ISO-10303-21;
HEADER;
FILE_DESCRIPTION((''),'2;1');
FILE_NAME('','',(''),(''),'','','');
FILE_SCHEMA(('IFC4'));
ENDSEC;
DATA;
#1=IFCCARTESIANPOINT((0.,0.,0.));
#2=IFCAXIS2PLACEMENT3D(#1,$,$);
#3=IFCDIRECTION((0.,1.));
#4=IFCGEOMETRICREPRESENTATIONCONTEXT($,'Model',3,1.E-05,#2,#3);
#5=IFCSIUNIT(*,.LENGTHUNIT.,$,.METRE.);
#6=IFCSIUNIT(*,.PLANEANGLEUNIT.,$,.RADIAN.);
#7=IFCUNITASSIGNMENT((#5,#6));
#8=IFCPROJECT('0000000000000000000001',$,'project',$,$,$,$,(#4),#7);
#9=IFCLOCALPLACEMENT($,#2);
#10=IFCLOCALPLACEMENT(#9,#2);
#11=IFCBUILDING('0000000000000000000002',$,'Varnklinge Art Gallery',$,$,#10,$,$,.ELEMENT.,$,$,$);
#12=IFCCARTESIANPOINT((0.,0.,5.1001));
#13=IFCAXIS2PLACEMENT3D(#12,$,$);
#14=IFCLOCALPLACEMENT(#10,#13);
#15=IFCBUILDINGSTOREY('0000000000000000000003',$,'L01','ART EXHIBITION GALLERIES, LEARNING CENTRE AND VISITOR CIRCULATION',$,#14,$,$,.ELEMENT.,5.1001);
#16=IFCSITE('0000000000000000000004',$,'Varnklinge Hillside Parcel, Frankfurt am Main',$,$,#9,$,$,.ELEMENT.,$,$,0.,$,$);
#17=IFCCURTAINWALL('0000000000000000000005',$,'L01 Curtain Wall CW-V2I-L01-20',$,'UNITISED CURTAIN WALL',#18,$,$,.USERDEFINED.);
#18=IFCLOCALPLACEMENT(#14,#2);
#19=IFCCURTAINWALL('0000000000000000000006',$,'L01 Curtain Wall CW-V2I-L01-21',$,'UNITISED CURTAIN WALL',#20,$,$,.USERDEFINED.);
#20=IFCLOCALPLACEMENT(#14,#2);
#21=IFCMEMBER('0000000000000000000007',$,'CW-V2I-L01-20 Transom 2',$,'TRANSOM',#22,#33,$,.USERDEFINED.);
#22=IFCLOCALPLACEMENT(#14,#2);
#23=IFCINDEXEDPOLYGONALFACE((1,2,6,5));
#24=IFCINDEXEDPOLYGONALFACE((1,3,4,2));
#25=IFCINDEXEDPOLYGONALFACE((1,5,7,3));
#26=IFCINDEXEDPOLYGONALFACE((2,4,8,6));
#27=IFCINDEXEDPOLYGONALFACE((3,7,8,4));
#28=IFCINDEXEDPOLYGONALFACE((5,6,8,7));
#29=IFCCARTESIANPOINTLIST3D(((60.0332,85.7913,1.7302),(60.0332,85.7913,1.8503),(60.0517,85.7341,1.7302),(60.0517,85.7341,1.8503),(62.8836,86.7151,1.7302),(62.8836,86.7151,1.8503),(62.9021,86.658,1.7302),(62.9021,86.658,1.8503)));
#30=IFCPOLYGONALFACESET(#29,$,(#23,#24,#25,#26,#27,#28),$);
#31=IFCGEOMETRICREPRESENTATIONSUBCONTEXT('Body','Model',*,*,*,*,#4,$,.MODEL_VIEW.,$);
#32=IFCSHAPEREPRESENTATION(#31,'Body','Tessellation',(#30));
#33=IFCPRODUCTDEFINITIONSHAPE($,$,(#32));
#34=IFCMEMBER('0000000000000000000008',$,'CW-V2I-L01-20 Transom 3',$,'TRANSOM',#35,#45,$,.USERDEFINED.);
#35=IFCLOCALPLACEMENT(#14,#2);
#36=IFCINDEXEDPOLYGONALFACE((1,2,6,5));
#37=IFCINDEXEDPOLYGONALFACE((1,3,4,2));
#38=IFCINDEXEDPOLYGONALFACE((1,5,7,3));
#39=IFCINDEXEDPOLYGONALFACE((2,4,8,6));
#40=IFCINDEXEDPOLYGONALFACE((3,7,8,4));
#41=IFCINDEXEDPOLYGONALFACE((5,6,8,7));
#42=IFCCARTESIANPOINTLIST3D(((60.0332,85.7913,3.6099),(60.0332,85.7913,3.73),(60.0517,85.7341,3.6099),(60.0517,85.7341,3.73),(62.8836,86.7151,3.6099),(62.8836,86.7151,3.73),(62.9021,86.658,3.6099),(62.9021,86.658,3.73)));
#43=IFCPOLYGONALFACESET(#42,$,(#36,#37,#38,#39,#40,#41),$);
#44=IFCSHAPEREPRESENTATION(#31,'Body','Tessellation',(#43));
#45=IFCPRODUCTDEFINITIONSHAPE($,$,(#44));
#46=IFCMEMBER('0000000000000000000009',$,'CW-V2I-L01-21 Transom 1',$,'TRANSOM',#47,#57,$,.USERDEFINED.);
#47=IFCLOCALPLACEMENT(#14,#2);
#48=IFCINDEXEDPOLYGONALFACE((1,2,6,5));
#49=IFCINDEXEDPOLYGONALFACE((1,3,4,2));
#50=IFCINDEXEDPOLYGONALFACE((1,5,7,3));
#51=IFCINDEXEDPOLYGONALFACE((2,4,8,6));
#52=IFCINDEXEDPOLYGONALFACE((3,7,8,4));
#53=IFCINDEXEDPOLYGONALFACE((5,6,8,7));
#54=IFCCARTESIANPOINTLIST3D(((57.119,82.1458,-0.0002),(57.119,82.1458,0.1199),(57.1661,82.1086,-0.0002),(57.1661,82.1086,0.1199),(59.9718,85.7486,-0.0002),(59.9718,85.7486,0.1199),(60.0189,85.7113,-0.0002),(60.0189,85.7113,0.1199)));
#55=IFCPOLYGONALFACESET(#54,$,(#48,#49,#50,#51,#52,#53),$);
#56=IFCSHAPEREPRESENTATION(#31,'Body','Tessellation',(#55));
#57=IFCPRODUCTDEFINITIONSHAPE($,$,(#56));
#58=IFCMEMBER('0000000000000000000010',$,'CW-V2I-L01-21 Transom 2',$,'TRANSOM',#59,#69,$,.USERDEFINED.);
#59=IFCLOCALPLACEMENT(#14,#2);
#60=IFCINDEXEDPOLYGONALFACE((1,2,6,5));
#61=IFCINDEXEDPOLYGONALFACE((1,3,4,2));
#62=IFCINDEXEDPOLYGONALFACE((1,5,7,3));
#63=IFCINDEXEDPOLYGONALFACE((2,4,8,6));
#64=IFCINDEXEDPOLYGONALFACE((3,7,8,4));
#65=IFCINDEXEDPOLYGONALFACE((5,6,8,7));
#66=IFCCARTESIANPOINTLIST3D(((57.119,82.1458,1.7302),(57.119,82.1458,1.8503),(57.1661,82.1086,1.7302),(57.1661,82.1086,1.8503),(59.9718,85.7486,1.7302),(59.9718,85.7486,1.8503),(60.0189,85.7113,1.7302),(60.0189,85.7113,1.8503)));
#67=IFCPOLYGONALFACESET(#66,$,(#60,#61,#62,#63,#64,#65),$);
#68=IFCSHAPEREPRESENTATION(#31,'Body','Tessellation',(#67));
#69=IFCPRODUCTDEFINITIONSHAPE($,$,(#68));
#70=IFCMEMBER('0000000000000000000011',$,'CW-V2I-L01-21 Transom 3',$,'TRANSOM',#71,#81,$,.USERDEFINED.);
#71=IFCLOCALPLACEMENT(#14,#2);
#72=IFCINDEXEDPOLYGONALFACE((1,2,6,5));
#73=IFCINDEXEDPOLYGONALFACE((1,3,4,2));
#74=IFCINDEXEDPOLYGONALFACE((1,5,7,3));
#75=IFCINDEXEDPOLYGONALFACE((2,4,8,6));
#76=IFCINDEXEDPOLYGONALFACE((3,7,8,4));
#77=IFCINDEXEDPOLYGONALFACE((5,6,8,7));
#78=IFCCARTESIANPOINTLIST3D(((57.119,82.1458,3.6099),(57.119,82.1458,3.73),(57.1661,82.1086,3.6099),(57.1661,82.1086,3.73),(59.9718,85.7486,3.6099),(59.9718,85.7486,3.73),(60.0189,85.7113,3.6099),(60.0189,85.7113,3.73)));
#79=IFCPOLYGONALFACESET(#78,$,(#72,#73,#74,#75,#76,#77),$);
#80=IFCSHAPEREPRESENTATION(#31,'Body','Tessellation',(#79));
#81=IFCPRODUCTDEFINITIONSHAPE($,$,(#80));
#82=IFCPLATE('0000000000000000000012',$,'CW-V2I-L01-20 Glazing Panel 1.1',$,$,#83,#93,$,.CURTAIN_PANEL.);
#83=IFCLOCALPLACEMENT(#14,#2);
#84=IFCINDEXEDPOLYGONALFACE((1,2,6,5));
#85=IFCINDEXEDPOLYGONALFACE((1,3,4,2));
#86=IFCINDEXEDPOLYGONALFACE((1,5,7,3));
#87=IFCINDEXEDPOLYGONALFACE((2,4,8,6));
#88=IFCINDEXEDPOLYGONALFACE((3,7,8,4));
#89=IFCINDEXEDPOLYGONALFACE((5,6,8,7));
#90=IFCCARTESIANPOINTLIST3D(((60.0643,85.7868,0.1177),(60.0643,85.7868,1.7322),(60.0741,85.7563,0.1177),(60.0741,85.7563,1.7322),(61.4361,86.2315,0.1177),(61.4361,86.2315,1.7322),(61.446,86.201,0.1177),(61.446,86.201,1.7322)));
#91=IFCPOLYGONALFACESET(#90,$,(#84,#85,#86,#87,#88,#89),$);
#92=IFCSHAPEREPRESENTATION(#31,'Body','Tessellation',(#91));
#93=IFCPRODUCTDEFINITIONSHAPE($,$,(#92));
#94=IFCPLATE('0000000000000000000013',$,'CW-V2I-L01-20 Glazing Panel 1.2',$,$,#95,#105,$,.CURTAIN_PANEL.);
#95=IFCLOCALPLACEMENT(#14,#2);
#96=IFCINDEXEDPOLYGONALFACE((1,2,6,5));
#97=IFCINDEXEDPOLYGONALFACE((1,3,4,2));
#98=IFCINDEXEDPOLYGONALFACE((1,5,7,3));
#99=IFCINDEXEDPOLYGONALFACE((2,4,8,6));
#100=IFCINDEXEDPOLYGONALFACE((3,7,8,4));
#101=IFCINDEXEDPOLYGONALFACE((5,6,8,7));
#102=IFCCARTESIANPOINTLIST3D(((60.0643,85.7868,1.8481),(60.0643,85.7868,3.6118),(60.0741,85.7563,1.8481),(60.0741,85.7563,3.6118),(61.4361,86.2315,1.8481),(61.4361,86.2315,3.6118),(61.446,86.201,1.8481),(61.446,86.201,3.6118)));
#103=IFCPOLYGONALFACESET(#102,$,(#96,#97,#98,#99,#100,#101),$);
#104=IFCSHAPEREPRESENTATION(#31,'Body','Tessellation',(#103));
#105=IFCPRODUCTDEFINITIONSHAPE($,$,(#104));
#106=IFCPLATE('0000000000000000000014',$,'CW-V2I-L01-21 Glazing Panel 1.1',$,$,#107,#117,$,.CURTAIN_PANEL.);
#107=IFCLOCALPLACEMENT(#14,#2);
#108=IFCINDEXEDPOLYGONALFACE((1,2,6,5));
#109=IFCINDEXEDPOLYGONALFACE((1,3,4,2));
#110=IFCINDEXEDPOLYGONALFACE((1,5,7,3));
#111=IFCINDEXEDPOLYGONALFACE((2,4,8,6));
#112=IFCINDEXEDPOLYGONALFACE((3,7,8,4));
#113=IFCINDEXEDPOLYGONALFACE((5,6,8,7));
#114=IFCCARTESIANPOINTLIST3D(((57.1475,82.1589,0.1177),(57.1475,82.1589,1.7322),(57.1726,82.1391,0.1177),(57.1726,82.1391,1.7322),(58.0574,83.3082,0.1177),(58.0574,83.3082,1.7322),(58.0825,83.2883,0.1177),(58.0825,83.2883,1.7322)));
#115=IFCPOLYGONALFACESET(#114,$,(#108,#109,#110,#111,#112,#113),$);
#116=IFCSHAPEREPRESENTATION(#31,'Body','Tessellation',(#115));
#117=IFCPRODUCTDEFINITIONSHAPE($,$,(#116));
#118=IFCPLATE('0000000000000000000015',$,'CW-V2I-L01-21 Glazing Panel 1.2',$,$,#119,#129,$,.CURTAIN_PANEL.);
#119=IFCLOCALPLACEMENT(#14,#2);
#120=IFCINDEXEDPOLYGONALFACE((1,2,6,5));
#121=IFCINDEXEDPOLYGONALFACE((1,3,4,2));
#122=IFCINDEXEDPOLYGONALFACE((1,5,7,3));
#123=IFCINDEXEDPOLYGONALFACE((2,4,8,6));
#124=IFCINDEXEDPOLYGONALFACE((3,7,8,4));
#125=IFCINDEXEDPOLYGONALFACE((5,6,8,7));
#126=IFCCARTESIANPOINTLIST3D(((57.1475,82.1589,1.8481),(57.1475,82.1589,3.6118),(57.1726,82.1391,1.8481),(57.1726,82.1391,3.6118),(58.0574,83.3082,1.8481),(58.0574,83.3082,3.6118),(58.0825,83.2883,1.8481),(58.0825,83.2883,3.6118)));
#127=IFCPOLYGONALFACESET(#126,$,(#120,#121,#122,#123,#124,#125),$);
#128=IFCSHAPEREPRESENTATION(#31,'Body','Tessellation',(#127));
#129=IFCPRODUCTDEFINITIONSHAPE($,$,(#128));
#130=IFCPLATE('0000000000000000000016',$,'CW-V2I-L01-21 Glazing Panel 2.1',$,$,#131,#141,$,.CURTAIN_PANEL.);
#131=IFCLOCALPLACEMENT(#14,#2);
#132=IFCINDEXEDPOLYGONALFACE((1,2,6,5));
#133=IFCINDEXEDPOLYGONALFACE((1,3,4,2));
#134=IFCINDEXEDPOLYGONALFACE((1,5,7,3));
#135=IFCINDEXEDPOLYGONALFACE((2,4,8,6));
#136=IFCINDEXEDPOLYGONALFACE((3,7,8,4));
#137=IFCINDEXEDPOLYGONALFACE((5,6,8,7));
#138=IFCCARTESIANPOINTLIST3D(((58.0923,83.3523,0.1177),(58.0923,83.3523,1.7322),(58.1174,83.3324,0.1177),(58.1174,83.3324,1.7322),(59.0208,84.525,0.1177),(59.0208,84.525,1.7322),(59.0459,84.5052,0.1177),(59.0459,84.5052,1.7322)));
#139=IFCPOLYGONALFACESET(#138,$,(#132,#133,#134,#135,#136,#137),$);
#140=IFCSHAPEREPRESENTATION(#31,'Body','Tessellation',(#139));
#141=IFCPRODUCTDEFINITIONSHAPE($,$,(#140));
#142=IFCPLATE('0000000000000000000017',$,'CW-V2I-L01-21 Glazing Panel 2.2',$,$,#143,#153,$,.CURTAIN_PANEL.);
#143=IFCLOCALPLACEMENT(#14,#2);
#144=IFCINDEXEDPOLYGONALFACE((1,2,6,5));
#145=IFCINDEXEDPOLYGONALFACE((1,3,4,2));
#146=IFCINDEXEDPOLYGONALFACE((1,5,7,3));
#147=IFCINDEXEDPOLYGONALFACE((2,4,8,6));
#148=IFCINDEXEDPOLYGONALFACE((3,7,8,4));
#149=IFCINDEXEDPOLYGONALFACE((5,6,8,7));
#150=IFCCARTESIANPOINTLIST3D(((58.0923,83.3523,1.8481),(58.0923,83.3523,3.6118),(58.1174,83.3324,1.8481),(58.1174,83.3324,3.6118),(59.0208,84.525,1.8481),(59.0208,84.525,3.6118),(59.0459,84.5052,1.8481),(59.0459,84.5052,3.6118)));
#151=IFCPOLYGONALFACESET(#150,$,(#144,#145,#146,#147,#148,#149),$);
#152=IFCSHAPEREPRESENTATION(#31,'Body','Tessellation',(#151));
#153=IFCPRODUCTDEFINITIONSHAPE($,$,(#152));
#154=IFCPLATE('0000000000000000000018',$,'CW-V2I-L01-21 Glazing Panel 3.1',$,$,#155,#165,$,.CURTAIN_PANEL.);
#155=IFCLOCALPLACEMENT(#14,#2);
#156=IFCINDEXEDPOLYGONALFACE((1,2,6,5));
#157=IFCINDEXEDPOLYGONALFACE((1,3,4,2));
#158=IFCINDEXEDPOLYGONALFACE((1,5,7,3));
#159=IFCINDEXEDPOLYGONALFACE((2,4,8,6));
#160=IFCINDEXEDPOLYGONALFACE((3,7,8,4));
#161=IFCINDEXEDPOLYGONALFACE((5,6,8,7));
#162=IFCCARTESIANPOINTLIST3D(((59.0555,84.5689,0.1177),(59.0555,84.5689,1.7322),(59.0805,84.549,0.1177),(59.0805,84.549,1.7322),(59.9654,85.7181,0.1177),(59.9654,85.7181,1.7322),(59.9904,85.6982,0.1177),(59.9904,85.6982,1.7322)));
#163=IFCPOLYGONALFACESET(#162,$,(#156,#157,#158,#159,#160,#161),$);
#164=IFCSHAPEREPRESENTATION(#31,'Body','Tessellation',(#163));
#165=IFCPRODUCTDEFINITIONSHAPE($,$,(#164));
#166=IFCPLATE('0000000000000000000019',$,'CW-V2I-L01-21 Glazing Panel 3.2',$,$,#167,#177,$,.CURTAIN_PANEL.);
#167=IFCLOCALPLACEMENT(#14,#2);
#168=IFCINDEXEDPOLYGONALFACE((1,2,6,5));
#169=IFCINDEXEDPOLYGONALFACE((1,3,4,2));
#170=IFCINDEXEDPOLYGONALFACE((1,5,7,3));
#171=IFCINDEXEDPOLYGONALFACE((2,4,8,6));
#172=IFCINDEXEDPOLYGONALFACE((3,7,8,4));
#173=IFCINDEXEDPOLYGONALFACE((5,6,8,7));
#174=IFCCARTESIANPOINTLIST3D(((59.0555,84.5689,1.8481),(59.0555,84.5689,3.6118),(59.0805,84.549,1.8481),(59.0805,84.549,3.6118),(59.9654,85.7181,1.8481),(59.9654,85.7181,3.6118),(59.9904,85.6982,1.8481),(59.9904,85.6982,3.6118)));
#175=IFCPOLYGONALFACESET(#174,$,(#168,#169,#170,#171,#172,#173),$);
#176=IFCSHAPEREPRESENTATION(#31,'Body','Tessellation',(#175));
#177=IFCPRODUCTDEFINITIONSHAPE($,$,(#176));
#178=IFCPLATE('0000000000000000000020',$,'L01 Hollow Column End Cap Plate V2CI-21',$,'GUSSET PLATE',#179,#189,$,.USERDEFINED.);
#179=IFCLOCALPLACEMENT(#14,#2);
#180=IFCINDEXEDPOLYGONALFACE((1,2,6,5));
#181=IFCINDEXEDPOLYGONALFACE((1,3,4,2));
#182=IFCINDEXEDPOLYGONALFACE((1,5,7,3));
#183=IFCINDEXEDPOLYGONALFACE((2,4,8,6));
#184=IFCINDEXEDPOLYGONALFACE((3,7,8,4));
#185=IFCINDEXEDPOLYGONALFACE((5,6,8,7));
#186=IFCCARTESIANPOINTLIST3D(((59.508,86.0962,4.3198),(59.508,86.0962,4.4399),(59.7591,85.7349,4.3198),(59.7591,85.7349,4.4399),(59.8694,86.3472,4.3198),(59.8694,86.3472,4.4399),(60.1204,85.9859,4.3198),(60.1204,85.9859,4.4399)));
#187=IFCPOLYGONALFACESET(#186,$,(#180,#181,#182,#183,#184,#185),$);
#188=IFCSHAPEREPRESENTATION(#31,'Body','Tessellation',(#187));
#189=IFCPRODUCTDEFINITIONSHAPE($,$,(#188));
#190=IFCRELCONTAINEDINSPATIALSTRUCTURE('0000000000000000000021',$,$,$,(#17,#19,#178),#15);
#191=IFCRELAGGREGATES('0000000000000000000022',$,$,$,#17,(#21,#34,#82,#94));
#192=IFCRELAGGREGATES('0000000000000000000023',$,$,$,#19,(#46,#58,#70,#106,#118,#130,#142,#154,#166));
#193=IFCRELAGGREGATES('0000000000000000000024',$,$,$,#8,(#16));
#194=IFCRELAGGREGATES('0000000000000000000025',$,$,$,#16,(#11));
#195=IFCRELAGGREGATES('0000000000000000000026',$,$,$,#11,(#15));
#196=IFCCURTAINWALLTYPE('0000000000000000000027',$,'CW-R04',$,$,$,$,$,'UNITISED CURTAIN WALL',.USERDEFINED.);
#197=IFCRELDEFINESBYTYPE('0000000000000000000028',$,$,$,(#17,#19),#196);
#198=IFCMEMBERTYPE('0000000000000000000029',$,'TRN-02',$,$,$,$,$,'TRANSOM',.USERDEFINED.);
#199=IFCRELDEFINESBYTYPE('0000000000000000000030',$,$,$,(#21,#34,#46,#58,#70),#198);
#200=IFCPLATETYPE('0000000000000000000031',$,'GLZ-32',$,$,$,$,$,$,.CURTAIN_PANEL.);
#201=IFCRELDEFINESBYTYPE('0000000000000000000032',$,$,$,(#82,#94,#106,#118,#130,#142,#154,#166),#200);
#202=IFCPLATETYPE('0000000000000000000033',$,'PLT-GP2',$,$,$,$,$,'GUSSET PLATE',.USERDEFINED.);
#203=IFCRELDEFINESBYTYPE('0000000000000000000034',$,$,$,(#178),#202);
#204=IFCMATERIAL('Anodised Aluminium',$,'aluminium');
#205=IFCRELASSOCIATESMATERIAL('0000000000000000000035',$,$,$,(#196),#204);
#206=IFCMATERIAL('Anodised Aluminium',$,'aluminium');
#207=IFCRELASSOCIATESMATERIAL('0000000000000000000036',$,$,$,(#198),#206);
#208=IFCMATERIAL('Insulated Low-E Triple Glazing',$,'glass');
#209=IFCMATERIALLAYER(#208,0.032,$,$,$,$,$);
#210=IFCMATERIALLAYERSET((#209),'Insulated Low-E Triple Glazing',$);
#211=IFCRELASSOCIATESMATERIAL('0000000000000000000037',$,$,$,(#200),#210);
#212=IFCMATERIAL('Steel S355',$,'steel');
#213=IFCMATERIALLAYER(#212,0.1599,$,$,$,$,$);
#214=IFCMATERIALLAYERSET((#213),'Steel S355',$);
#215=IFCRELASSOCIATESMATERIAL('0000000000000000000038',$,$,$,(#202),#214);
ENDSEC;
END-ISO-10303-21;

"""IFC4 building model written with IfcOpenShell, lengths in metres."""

from ifc_helpers import new_model, si_unit, direction, frame, origin, origin_2d, place, context, subcontext, project, spatial, rectangle, extrude, material, layer, layer_set, material_profile, profile_set, type_object, element, aggregate, save


model = new_model("IFC4")

# Units and contexts
model_context = context("Model", 3, precision=1e-05, world=origin(), true_north=direction((0.0, 1.0)))
body_context = subcontext(model_context, "Body", "Model", "MODEL_VIEW")
ifc_project = project(units=[si_unit("LENGTHUNIT", "METRE"), si_unit("PLANEANGLEUNIT", "RADIAN")], contexts=[model_context])

# Site, building, storey
site_placement = place(None, origin())
site = spatial("IfcSite", under=ifc_project, at=site_placement, Name="Varnklinge Hillside Parcel, Frankfurt am Main", CompositionType="ELEMENT", RefElevation=0.0)
building_placement = place(site_placement, origin())
building = spatial("IfcBuilding", under=site, at=building_placement, Name="Varnklinge Art Gallery", CompositionType="ELEMENT")
storey_placement = place(building_placement, frame((0.0, 0.0, 5.1001)))
storey = spatial("IfcBuildingStorey", under=building, at=storey_placement, Name="L01", Description="ART EXHIBITION GALLERIES, LEARNING CENTRE AND VISITOR CIRCULATION", CompositionType="ELEMENT", Elevation=5.1001)

# Curtain wall
ifc_material_1 = material(Name="Anodised Aluminium", Category="aluminium")
curtain_wall_type = type_object("IfcCurtainWallType", Name="CW-R04", ElementType="UNITISED CURTAIN WALL", PredefinedType="USERDEFINED", material=ifc_material_1)
curtain_wall_1_placement = place(storey_placement, origin())
curtain_wall_1 = element("IfcCurtainWall", 1, at=curtain_wall_1_placement, inside=storey, type_object=curtain_wall_type, Name="L01 Curtain Wall CW-V2I-L01-20", ObjectType="UNITISED CURTAIN WALL", PredefinedType="USERDEFINED")

# Curtain wall
curtain_wall_2_placement = place(storey_placement, origin())
curtain_wall_2 = element("IfcCurtainWall", 2, at=curtain_wall_2_placement, inside=storey, type_object=curtain_wall_type, Name="L01 Curtain Wall CW-V2I-L01-21", ObjectType="UNITISED CURTAIN WALL", PredefinedType="USERDEFINED")

# Members
ifc_material_2 = material(Name="Anodised Aluminium", Category="aluminium")
ifc_material_profile_1 = material_profile(ifc_material_2, rectangle(XDim=0.0601, YDim=0.1201, at=origin_2d()), Name="ALU 60x120")
ifc_profile_set_1 = profile_set([ifc_material_profile_1], Name="Anodised Aluminium")
member_type_1 = type_object("IfcMemberType", Name="TRN-02", ElementType="TRANSOM", PredefinedType="USERDEFINED", material=ifc_profile_set_1)
member_1_placement = place(storey_placement, frame((60.0425, 85.7627, 1.7903), z_axis=(0.951282, 0.308321, 0.0), x_axis=(-0.308321, 0.951282, 0.0)))
member_1 = element("IfcMember", 3, at=member_1_placement, type_object=member_type_1, Name="CW-V2I-L01-20 Transom 2", ObjectType="TRANSOM", PredefinedType="USERDEFINED", context=body_context, shape_type="SweptSolid", body=[
    extrude(rectangle(XDim=0.0601, YDim=0.1201, at=origin_2d()), origin(), (0.0, 0.0, 1.0), 2.9963),
])
member_2_placement = place(storey_placement, frame((60.0425, 85.7627, 3.6699), z_axis=(0.951282, 0.308321, 0.0), x_axis=(-0.308321, 0.951282, 0.0)))
member_2 = element("IfcMember", 4, at=member_2_placement, type_object=member_type_1, Name="CW-V2I-L01-20 Transom 3", ObjectType="TRANSOM", PredefinedType="USERDEFINED", context=body_context, shape_type="SweptSolid", body=[
    extrude(rectangle(XDim=0.0601, YDim=0.1201, at=origin_2d()), origin(), (0.0, 0.0, 1.0), 2.9963),
])
member_3_placement = place(storey_placement, frame((57.1426, 82.1272, 0.0598), z_axis=(0.620781, 0.783984, 0.0), x_axis=(-0.783984, 0.620781, 0.0)))
member_3 = element("IfcMember", 5, at=member_3_placement, type_object=member_type_1, Name="CW-V2I-L01-21 Transom 1", ObjectType="TRANSOM", PredefinedType="USERDEFINED", context=body_context, shape_type="SweptSolid", body=[
    extrude(rectangle(XDim=0.0601, YDim=0.1201, at=origin_2d()), origin(), (0.0, 0.0, 1.0), 4.5955),
])
member_4_placement = place(storey_placement, frame((57.1426, 82.1272, 1.7903), z_axis=(0.620781, 0.783984, 0.0), x_axis=(-0.783984, 0.620781, 0.0)))
member_4 = element("IfcMember", 6, at=member_4_placement, type_object=member_type_1, Name="CW-V2I-L01-21 Transom 2", ObjectType="TRANSOM", PredefinedType="USERDEFINED", context=body_context, shape_type="SweptSolid", body=[
    extrude(rectangle(XDim=0.0601, YDim=0.1201, at=origin_2d()), origin(), (0.0, 0.0, 1.0), 4.5955),
])
member_5_placement = place(storey_placement, frame((57.1426, 82.1272, 3.6699), z_axis=(0.620781, 0.783984, 0.0), x_axis=(-0.783984, 0.620781, 0.0)))
member_5 = element("IfcMember", 7, at=member_5_placement, type_object=member_type_1, Name="CW-V2I-L01-21 Transom 3", ObjectType="TRANSOM", PredefinedType="USERDEFINED", context=body_context, shape_type="SweptSolid", body=[
    extrude(rectangle(XDim=0.0601, YDim=0.1201, at=origin_2d()), origin(), (0.0, 0.0, 1.0), 4.5955),
])

# Plates
ifc_material_3 = material(Name="Insulated Low-E Triple Glazing", Category="glass")
ifc_layer_1 = layer(ifc_material_3, 0.032)
ifc_layer_set_1 = layer_set([ifc_layer_1], Name="Insulated Low-E Triple Glazing")
plate_type_1 = type_object("IfcPlateType", Name="GLZ-32", PredefinedType="CURTAIN_PANEL", material=ifc_layer_set_1)
plate_1_placement = place(storey_placement, frame((60.7551, 85.9939, 0.1177), z_axis=(0.0, 0.0, 1.0), x_axis=(0.951272, 0.308353, 0.0)))
plate_1 = element("IfcPlate", 8, at=plate_1_placement, type_object=plate_type_1, Name="CW-V2I-L01-20 Glazing Panel 1.1", PredefinedType="CURTAIN_PANEL", context=body_context, shape_type="SweptSolid", body=[
    extrude(rectangle(XDim=1.4421, YDim=0.032, at=origin_2d()), origin(), (0.0, 0.0, 1.0), 1.6145),
])
plate_2_placement = place(storey_placement, frame((60.7551, 85.9939, 1.8481), z_axis=(0.0, 0.0, 1.0), x_axis=(0.951272, 0.308353, 0.0)))
plate_2 = element("IfcPlate", 9, at=plate_2_placement, type_object=plate_type_1, Name="CW-V2I-L01-20 Glazing Panel 1.2", PredefinedType="CURTAIN_PANEL", context=body_context, shape_type="SweptSolid", body=[
    extrude(rectangle(XDim=1.4421, YDim=0.032, at=origin_2d()), origin(), (0.0, 0.0, 1.0), 1.7637),
])
aggregate(curtain_wall_1, [member_1, member_2, plate_1, plate_2])
plate_3_placement = place(storey_placement, frame((57.615, 82.7236, 0.1177), z_axis=(0.0, 0.0, 1.0), x_axis=(0.620737, 0.784019, 0.0)))
plate_3 = element("IfcPlate", 10, at=plate_3_placement, type_object=plate_type_1, Name="CW-V2I-L01-21 Glazing Panel 1.1", PredefinedType="CURTAIN_PANEL", context=body_context, shape_type="SweptSolid", body=[
    extrude(rectangle(XDim=1.4658, YDim=0.032, at=origin_2d()), origin(), (0.0, 0.0, 1.0), 1.6145),
])
plate_4_placement = place(storey_placement, frame((57.615, 82.7236, 1.8481), z_axis=(0.0, 0.0, 1.0), x_axis=(0.620737, 0.784019, 0.0)))
plate_4 = element("IfcPlate", 11, at=plate_4_placement, type_object=plate_type_1, Name="CW-V2I-L01-21 Glazing Panel 1.2", PredefinedType="CURTAIN_PANEL", context=body_context, shape_type="SweptSolid", body=[
    extrude(rectangle(XDim=1.4658, YDim=0.032, at=origin_2d()), origin(), (0.0, 0.0, 1.0), 1.7637),
])
plate_5_placement = place(storey_placement, frame((58.5691, 83.9287, 0.1177), z_axis=(0.0, 0.0, 1.0), x_axis=(0.620737, 0.784019, 0.0)))
plate_5 = element("IfcPlate", 12, at=plate_5_placement, type_object=plate_type_1, Name="CW-V2I-L01-21 Glazing Panel 2.1", PredefinedType="CURTAIN_PANEL", context=body_context, shape_type="SweptSolid", body=[
    extrude(rectangle(XDim=1.4958, YDim=0.032, at=origin_2d()), origin(), (0.0, 0.0, 1.0), 1.6145),
])
plate_6_placement = place(storey_placement, frame((58.5691, 83.9287, 1.8481), z_axis=(0.0, 0.0, 1.0), x_axis=(0.620737, 0.784019, 0.0)))
plate_6 = element("IfcPlate", 13, at=plate_6_placement, type_object=plate_type_1, Name="CW-V2I-L01-21 Glazing Panel 2.2", PredefinedType="CURTAIN_PANEL", context=body_context, shape_type="SweptSolid", body=[
    extrude(rectangle(XDim=1.4958, YDim=0.032, at=origin_2d()), origin(), (0.0, 0.0, 1.0), 1.7637),
])
plate_7_placement = place(storey_placement, frame((59.5229, 85.1335, 0.1177), z_axis=(0.0, 0.0, 1.0), x_axis=(0.620737, 0.784019, 0.0)))
plate_7 = element("IfcPlate", 14, at=plate_7_placement, type_object=plate_type_1, Name="CW-V2I-L01-21 Glazing Panel 3.1", PredefinedType="CURTAIN_PANEL", context=body_context, shape_type="SweptSolid", body=[
    extrude(rectangle(XDim=1.4658, YDim=0.032, at=origin_2d()), origin(), (0.0, 0.0, 1.0), 1.6145),
])
plate_8_placement = place(storey_placement, frame((59.5229, 85.1335, 1.8481), z_axis=(0.0, 0.0, 1.0), x_axis=(0.620737, 0.784019, 0.0)))
plate_8 = element("IfcPlate", 15, at=plate_8_placement, type_object=plate_type_1, Name="CW-V2I-L01-21 Glazing Panel 3.2", PredefinedType="CURTAIN_PANEL", context=body_context, shape_type="SweptSolid", body=[
    extrude(rectangle(XDim=1.4658, YDim=0.032, at=origin_2d()), origin(), (0.0, 0.0, 1.0), 1.7637),
])
aggregate(curtain_wall_2, [member_3, member_4, member_5, plate_3, plate_4, plate_5, plate_6, plate_7, plate_8])
ifc_material_4 = material(Name="Steel S355", Category="steel")
ifc_layer_2 = layer(ifc_material_4, 0.1599)
ifc_layer_set_2 = layer_set([ifc_layer_2], Name="Steel S355")
plate_type_2 = type_object("IfcPlateType", Name="PLT-GP2", ElementType="GUSSET PLATE", PredefinedType="USERDEFINED", material=ifc_layer_set_2)
plate_9_placement = place(storey_placement, frame((59.8142, 86.041, 4.3198), z_axis=(0.0, 0.0, 1.0), x_axis=(0.57057, -0.821249, 0.0)))
element("IfcPlate", 16, at=plate_9_placement, inside=storey, type_object=plate_type_2, Name="L01 Hollow Column End Cap Plate V2CI-21", ObjectType="GUSSET PLATE", PredefinedType="USERDEFINED", context=body_context, shape_type="SweptSolid", body=[
    extrude(rectangle(XDim=0.4399, YDim=0.4399, at=origin_2d()), origin(), (0.0, 0.0, 1.0), 0.1201),
])

save(model, "model.ifc")
